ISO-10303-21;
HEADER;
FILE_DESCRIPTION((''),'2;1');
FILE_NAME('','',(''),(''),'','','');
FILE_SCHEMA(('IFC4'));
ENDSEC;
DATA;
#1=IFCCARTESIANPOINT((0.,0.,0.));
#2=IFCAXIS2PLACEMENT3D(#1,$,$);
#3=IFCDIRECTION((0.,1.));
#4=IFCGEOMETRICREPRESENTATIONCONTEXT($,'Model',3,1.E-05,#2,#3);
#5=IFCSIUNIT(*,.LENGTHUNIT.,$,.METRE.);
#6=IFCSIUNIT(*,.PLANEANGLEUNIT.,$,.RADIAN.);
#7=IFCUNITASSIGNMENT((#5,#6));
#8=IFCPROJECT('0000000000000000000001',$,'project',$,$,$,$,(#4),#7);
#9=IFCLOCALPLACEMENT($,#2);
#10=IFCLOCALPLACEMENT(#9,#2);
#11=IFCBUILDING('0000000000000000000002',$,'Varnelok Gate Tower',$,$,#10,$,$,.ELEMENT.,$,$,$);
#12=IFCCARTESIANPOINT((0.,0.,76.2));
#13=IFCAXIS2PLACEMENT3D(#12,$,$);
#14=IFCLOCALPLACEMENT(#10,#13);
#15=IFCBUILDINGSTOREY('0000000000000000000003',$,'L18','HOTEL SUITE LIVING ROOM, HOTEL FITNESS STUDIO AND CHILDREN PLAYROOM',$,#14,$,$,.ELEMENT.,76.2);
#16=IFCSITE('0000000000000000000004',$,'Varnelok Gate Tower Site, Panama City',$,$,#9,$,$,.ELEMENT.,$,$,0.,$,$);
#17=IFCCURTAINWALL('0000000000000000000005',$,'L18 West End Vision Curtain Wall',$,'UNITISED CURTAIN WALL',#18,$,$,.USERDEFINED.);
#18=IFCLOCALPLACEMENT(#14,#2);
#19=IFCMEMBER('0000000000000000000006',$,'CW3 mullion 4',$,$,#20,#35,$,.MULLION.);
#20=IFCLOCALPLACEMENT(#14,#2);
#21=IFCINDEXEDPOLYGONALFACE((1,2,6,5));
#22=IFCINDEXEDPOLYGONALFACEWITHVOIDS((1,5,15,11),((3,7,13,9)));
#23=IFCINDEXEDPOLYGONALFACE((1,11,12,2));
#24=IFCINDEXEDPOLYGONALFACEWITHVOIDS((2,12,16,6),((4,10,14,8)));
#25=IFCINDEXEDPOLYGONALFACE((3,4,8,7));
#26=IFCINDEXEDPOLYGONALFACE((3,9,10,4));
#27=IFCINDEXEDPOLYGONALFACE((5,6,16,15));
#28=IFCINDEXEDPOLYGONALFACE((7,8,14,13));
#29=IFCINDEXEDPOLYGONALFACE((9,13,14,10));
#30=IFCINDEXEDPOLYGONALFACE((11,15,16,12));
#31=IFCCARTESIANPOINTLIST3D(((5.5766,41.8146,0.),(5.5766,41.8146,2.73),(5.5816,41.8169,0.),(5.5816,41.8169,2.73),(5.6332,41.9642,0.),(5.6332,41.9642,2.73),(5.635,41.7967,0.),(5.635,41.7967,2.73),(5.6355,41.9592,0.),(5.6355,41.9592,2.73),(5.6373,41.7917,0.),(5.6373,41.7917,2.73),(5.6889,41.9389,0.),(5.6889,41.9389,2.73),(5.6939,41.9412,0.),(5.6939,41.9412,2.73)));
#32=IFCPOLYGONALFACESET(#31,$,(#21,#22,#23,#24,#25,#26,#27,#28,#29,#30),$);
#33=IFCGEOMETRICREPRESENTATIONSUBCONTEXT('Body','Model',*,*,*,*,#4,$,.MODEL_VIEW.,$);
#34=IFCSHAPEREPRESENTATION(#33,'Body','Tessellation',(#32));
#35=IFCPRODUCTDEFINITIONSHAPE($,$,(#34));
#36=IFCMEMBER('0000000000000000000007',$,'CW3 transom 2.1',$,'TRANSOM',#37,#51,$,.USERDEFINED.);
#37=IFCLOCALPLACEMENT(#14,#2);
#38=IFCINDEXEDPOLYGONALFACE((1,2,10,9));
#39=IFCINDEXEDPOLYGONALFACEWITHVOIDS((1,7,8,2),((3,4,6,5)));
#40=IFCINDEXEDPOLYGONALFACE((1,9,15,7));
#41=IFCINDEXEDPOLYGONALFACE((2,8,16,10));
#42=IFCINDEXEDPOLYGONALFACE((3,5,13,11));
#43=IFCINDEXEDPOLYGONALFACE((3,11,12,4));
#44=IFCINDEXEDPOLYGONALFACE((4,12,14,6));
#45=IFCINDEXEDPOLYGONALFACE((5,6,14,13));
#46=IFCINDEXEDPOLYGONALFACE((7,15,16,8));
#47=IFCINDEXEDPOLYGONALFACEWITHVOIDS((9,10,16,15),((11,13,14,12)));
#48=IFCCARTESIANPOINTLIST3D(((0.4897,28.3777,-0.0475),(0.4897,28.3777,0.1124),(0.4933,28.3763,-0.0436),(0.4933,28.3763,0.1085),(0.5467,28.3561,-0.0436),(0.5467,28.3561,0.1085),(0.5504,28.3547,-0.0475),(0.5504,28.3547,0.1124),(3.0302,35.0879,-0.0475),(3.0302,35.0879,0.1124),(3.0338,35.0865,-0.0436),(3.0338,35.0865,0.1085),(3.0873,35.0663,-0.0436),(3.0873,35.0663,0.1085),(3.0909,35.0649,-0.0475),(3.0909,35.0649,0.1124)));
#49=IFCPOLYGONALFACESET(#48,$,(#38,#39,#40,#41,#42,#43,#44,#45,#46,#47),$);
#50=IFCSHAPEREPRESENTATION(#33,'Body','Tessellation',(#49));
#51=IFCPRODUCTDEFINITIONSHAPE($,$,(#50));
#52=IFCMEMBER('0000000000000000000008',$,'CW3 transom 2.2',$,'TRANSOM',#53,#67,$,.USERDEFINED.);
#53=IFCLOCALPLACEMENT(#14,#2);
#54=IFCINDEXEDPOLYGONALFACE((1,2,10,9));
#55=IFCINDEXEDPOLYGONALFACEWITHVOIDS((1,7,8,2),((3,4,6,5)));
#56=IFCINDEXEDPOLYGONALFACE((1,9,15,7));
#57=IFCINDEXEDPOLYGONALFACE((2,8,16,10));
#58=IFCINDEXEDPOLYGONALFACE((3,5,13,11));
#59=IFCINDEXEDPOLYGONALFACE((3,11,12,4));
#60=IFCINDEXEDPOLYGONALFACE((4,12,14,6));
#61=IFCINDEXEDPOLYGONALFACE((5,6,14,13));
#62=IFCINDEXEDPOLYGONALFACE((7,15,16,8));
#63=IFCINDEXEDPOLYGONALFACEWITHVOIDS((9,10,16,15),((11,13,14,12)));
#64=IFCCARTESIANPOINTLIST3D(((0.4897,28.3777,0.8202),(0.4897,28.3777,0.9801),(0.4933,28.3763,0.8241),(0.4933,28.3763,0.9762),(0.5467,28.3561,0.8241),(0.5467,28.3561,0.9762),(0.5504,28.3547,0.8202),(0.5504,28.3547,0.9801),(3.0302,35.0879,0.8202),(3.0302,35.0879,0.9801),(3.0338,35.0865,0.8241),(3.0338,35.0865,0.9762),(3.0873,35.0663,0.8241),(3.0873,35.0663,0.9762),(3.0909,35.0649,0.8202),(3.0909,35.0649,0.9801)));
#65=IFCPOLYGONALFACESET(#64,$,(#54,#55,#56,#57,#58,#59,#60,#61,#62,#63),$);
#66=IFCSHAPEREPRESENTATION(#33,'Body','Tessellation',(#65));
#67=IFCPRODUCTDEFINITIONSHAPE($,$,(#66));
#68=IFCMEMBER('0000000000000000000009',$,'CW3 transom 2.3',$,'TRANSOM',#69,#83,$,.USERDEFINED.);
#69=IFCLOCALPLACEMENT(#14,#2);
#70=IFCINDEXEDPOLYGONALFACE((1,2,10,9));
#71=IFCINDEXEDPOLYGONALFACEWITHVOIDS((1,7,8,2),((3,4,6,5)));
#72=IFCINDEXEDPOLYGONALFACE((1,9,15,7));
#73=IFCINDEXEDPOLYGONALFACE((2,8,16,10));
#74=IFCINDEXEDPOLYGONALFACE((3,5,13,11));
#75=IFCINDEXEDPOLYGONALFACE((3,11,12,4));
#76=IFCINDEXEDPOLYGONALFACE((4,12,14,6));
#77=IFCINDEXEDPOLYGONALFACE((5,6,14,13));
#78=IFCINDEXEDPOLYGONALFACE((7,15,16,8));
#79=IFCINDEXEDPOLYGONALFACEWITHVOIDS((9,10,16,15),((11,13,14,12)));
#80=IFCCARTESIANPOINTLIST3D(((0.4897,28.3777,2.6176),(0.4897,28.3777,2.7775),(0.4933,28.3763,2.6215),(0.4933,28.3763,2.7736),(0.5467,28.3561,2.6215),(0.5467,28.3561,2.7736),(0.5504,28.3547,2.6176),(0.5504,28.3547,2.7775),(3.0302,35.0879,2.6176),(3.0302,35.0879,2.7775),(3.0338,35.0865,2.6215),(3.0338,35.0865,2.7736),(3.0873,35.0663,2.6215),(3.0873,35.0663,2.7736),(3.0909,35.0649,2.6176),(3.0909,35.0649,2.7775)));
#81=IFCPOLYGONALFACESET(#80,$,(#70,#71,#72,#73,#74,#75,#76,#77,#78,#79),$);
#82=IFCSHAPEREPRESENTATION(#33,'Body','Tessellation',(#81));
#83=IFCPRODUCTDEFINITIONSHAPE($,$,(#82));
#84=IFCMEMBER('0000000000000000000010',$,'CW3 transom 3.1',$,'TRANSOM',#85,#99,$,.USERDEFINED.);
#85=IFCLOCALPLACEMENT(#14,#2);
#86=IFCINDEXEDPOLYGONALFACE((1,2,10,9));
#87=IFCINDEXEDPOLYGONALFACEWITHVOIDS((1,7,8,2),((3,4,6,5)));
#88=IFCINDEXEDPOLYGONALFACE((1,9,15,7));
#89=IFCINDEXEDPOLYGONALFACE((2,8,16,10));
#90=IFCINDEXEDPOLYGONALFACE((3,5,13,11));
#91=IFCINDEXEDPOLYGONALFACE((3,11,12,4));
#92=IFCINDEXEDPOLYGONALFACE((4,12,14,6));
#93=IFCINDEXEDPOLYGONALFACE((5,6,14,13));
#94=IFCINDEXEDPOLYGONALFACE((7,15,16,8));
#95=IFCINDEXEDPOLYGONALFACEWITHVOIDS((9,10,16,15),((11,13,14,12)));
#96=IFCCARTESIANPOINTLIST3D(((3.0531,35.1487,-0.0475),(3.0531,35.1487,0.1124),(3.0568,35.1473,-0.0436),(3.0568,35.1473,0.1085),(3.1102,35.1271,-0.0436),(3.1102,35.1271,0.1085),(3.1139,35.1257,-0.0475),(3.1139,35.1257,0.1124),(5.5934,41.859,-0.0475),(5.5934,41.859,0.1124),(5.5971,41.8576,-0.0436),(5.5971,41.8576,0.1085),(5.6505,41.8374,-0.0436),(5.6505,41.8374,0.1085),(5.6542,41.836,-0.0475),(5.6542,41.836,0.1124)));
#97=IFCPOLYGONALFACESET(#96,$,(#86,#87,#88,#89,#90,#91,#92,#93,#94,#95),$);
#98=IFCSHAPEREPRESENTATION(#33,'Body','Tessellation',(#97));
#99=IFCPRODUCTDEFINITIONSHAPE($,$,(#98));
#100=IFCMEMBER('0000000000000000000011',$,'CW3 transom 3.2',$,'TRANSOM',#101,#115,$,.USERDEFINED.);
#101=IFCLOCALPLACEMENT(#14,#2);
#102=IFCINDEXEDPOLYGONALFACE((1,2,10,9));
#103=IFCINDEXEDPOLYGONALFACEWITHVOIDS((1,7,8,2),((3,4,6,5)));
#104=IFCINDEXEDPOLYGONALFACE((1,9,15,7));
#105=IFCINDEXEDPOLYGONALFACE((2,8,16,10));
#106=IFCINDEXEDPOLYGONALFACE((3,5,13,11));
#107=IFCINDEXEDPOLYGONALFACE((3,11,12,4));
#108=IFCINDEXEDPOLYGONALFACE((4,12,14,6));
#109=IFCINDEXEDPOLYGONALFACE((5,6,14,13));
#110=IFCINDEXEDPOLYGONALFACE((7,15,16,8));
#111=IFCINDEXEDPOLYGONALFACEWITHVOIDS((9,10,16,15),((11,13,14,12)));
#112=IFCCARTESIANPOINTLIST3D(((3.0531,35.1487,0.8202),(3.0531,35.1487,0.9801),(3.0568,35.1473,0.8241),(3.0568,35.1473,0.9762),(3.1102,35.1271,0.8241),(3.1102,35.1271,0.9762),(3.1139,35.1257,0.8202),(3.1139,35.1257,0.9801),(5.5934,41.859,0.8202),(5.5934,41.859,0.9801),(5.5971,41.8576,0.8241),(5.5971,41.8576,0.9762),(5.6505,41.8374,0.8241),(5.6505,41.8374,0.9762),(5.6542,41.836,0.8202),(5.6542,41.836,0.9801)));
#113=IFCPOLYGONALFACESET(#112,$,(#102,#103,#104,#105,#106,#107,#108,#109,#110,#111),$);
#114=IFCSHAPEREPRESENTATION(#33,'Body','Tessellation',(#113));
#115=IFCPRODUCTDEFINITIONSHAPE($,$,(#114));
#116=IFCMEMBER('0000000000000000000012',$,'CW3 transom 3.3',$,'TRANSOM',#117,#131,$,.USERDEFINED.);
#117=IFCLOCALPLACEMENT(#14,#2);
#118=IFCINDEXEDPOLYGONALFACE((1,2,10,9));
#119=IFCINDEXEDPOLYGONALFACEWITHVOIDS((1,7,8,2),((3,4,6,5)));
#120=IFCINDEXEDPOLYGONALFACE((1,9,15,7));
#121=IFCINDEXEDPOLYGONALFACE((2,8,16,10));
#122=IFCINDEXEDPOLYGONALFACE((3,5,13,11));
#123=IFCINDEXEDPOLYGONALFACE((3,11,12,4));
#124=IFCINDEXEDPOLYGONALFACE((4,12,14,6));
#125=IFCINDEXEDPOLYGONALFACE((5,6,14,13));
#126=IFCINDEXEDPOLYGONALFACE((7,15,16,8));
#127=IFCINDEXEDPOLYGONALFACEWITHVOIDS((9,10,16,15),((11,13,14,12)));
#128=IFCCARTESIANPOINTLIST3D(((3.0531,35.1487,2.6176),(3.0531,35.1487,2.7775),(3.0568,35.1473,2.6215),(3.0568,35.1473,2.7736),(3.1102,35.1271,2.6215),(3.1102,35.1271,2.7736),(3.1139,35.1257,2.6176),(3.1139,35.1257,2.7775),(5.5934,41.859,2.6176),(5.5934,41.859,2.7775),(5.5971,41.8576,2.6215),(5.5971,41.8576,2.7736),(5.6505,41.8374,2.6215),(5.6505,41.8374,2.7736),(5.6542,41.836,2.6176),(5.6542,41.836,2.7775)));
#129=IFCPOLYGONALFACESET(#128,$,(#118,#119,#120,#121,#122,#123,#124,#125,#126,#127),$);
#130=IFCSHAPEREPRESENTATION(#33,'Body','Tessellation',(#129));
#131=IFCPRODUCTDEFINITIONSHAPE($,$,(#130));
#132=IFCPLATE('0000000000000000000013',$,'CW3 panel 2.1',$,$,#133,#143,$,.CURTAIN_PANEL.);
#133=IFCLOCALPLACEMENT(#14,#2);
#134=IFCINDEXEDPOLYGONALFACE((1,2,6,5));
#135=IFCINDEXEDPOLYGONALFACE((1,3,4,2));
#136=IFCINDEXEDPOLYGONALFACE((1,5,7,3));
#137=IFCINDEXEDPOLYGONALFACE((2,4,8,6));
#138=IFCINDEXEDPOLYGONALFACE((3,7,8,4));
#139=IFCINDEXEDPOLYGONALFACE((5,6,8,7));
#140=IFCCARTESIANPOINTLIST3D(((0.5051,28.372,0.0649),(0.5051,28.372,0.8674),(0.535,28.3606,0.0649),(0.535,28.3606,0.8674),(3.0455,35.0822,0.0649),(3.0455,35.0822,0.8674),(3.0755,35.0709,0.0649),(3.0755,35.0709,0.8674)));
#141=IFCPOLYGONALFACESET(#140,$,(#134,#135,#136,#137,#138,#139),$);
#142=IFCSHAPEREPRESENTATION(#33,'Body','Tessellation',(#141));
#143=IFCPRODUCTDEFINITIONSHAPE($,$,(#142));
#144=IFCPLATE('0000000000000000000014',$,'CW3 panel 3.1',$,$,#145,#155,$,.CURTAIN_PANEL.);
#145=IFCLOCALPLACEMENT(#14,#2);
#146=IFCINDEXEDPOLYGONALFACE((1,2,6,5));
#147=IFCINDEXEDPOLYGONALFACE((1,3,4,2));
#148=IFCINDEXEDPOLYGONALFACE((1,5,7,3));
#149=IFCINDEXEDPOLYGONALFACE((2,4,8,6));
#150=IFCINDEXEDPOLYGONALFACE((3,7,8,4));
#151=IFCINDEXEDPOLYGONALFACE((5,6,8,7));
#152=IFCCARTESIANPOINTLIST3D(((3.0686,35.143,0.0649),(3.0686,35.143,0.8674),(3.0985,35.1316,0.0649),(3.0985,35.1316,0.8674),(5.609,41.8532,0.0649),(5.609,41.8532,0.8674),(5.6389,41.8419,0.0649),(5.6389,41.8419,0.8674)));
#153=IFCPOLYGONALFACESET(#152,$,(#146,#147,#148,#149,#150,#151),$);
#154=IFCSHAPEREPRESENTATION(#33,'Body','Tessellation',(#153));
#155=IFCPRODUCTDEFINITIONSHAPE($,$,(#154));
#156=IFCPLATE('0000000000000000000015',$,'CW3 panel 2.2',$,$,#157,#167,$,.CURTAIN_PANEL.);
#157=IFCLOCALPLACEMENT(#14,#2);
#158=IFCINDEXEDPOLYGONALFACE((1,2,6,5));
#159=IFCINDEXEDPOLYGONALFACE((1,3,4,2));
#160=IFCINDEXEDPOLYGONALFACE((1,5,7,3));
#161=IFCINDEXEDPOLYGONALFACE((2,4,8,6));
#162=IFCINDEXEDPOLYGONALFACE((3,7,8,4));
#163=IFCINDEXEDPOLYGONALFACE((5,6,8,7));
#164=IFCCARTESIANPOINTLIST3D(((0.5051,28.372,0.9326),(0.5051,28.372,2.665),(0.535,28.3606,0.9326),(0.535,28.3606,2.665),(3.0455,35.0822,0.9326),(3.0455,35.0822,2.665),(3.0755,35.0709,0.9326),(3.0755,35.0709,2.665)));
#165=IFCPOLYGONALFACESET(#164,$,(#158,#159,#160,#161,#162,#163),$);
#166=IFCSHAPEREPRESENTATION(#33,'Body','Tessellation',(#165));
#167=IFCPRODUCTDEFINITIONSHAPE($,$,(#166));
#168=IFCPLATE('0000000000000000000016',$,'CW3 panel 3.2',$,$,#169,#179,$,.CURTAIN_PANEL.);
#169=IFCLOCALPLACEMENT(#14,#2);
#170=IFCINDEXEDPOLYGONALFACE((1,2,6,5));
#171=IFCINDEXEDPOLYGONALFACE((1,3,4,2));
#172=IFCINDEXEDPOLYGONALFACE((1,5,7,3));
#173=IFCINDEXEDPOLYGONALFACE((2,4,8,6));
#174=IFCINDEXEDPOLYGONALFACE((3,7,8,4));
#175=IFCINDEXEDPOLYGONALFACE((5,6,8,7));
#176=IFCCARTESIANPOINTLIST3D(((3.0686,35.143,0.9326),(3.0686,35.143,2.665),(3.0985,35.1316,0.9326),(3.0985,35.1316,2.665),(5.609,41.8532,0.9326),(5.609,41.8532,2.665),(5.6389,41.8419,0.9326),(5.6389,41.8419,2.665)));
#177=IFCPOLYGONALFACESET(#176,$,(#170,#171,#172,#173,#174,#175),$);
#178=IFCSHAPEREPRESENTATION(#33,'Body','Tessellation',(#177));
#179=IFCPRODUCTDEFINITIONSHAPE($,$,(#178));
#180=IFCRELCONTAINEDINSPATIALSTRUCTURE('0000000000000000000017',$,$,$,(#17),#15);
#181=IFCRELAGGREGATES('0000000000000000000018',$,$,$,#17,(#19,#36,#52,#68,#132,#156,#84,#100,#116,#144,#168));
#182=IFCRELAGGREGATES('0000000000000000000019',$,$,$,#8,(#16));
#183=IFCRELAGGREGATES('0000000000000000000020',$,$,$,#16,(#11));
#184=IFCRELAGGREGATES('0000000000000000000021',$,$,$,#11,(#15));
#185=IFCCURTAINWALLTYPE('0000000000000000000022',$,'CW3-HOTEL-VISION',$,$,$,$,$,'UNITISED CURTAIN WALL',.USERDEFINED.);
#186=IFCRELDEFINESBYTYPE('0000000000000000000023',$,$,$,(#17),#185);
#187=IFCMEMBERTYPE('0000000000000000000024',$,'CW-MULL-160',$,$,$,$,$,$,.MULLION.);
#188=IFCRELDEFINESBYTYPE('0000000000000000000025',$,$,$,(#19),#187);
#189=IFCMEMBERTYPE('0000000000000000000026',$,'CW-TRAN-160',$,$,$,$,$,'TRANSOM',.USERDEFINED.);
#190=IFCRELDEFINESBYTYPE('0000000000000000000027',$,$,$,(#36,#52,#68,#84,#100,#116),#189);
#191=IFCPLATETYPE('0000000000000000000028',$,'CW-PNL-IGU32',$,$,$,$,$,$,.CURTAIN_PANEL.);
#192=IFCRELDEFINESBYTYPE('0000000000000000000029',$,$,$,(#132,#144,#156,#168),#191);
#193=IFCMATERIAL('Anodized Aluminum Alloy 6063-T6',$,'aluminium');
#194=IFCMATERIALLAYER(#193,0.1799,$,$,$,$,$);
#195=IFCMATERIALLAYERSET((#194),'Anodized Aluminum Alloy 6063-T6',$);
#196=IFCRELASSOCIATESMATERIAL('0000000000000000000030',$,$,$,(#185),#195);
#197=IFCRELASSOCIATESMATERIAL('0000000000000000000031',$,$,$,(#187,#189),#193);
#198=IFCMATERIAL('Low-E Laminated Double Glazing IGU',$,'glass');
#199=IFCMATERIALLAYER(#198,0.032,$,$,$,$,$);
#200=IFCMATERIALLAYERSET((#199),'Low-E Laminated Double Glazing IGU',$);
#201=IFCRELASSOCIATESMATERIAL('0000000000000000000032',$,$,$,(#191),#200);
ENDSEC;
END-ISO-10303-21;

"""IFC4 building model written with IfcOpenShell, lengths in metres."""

from ifc_helpers import new_model, si_unit, direction, frame, origin, origin_2d, place, context, subcontext, project, spatial, rectangle, hollow_rectangle, extrude, source, transform, mapped, material, layer, layer_set, material_profile, profile_set, type_object, element, aggregate, save


model = new_model("IFC4")

# Units and contexts
model_context = context("Model", 3, precision=1e-05, world=origin(), true_north=direction((0.0, 1.0)))
body_context = subcontext(model_context, "Body", "Model", "MODEL_VIEW")
ifc_project = project(units=[si_unit("LENGTHUNIT", "METRE"), si_unit("PLANEANGLEUNIT", "RADIAN")], contexts=[model_context])

# Site, building, storey
site_placement = place(None, origin())
site = spatial("IfcSite", under=ifc_project, at=site_placement, Name="Varnelok Gate Tower Site, Panama City", CompositionType="ELEMENT", RefElevation=0.0)
building_placement = place(site_placement, origin())
building = spatial("IfcBuilding", under=site, at=building_placement, Name="Varnelok Gate Tower", CompositionType="ELEMENT")
storey_placement = place(building_placement, frame((0.0, 0.0, 76.2)))
storey = spatial("IfcBuildingStorey", under=building, at=storey_placement, Name="L18", Description="HOTEL SUITE LIVING ROOM, HOTEL FITNESS STUDIO AND CHILDREN PLAYROOM", CompositionType="ELEMENT", Elevation=76.2)

# Curtain wall, members, plates
ifc_material_1 = material(Name="Anodized Aluminum Alloy 6063-T6", Category="aluminium")
ifc_layer_1 = layer(ifc_material_1, 0.1799)
ifc_layer_set_1 = layer_set([ifc_layer_1], Name="Anodized Aluminum Alloy 6063-T6")
curtain_wall_type = type_object("IfcCurtainWallType", Name="CW3-HOTEL-VISION", ElementType="UNITISED CURTAIN WALL", PredefinedType="USERDEFINED", material=ifc_layer_set_1)
curtain_wall_placement = place(storey_placement, origin())
curtain_wall = element("IfcCurtainWall", 1, at=curtain_wall_placement, inside=storey, type_object=curtain_wall_type, Name="L18 West End Vision Curtain Wall", ObjectType="UNITISED CURTAIN WALL", PredefinedType="USERDEFINED")
ifc_material_profile_1 = material_profile(ifc_material_1, hollow_rectangle(XDim=0.0649, YDim=0.1599, WallThickness=0.0039, at=origin_2d()), Name="ALU160X65X4")
ifc_profile_set_1 = profile_set([ifc_material_profile_1], Name="Anodized Aluminum Alloy 6063-T6")
member_type_1 = type_object("IfcMemberType", Name="CW-MULL-160", PredefinedType="MULLION", material=ifc_profile_set_1)
member_1_placement = place(storey_placement, frame((5.6353, 41.8779, 0.0), z_axis=(0.0, 0.0, 1.0), x_axis=(-0.935221, 0.354064, 0.0)))
member_1 = element("IfcMember", 2, at=member_1_placement, type_object=member_type_1, Name="CW3 mullion 4", PredefinedType="MULLION", context=body_context, shape_type="SweptSolid", body=[
    extrude(hollow_rectangle(XDim=0.0649, YDim=0.1599, WallThickness=0.0039, at=origin_2d()), origin(), (0.0, 0.0, 1.0), 2.73),
])
ifc_material_profile_2 = material_profile(ifc_material_1, hollow_rectangle(XDim=0.0649, YDim=0.1599, WallThickness=0.0039, at=origin_2d()), Name="ALU160X65X4")
ifc_profile_set_2 = profile_set([ifc_material_profile_2], Name="Anodized Aluminum Alloy 6063-T6")
member_type_2 = type_object("IfcMemberType", Name="CW-TRAN-160", ElementType="TRANSOM", PredefinedType="USERDEFINED", material=ifc_profile_set_2)
member_2_placement = place(storey_placement, frame((0.52, 28.3662, 0.0325), z_axis=(0.354079, 0.935216, 0.0), x_axis=(-0.935216, 0.354079, 0.0)))
member_2 = element("IfcMember", 3, at=member_2_placement, type_object=member_type_2, Name="CW3 transom 2.1", ObjectType="TRANSOM", PredefinedType="USERDEFINED", context=body_context, shape_type="SweptSolid", body=[
    extrude(hollow_rectangle(XDim=0.0649, YDim=0.1599, WallThickness=0.0039, at=origin_2d()), origin(), (0.0, 0.0, 1.0), 7.175),
])
member_3_placement = place(storey_placement, frame((0.52, 28.3662, 0.9001), z_axis=(0.354079, 0.935216, 0.0), x_axis=(-0.935216, 0.354079, 0.0)))
member_3 = element("IfcMember", 4, at=member_3_placement, type_object=member_type_2, Name="CW3 transom 2.2", ObjectType="TRANSOM", PredefinedType="USERDEFINED", context=body_context, shape_type="SweptSolid", body=[
    extrude(hollow_rectangle(XDim=0.0649, YDim=0.1599, WallThickness=0.0039, at=origin_2d()), origin(), (0.0, 0.0, 1.0), 7.175),
])
member_4_placement = place(storey_placement, frame((0.52, 28.3662, 2.6975), z_axis=(0.354079, 0.935216, 0.0), x_axis=(-0.935216, 0.354079, 0.0)))
member_4 = element("IfcMember", 5, at=member_4_placement, type_object=member_type_2, Name="CW3 transom 2.3", ObjectType="TRANSOM", PredefinedType="USERDEFINED", context=body_context, shape_type="SweptSolid", body=[
    extrude(hollow_rectangle(XDim=0.0649, YDim=0.1599, WallThickness=0.0039, at=origin_2d()), origin(), (0.0, 0.0, 1.0), 7.175),
])
member_5_placement = place(storey_placement, frame((3.0835, 35.1372, 0.0325), z_axis=(0.354049, 0.935227, 0.0), x_axis=(-0.935227, 0.354049, 0.0)))
member_5 = element("IfcMember", 6, at=member_5_placement, type_object=member_type_2, Name="CW3 transom 3.1", ObjectType="TRANSOM", PredefinedType="USERDEFINED", context=body_context, shape_type="SweptSolid", body=[
    extrude(hollow_rectangle(XDim=0.0649, YDim=0.1599, WallThickness=0.0039, at=origin_2d()), origin(), (0.0, 0.0, 1.0), 7.175),
])
member_6_placement = place(storey_placement, frame((3.0835, 35.1372, 0.9001), z_axis=(0.354049, 0.935227, 0.0), x_axis=(-0.935227, 0.354049, 0.0)))
member_6 = element("IfcMember", 7, at=member_6_placement, type_object=member_type_2, Name="CW3 transom 3.2", ObjectType="TRANSOM", PredefinedType="USERDEFINED", context=body_context, shape_type="SweptSolid", body=[
    extrude(hollow_rectangle(XDim=0.0649, YDim=0.1599, WallThickness=0.0039, at=origin_2d()), origin(), (0.0, 0.0, 1.0), 7.175),
])
member_7_placement = place(storey_placement, frame((3.0835, 35.1372, 2.6975), z_axis=(0.354049, 0.935227, 0.0), x_axis=(-0.935227, 0.354049, 0.0)))
member_7 = element("IfcMember", 8, at=member_7_placement, type_object=member_type_2, Name="CW3 transom 3.3", ObjectType="TRANSOM", PredefinedType="USERDEFINED", context=body_context, shape_type="SweptSolid", body=[
    extrude(hollow_rectangle(XDim=0.0649, YDim=0.1599, WallThickness=0.0039, at=origin_2d()), origin(), (0.0, 0.0, 1.0), 7.175),
])
ifc_material_2 = material(Name="Low-E Laminated Double Glazing IGU", Category="glass")
ifc_layer_2 = layer(ifc_material_2, 0.032)
ifc_layer_set_2 = layer_set([ifc_layer_2], Name="Low-E Laminated Double Glazing IGU")
plate_type = type_object("IfcPlateType", Name="CW-PNL-IGU32", PredefinedType="CURTAIN_PANEL", material=ifc_layer_set_2)
shared_shape_1 = source(origin(), body_context, "Body", "SweptSolid", [
    extrude(rectangle(XDim=7.175, YDim=0.032, at=origin_2d()), origin(), (0.0, 0.0, 1.0), 0.8025),
])
plate_1_placement = place(storey_placement, frame((1.7903, 31.7214, 0.0649), z_axis=(0.0, 0.0, 1.0), x_axis=(0.354064, 0.935221, 0.0)))
plate_1 = element("IfcPlate", 9, at=plate_1_placement, type_object=plate_type, Name="CW3 panel 2.1", PredefinedType="CURTAIN_PANEL", context=body_context, shape_type="MappedRepresentation", body=[
    mapped(shared_shape_1, transform((0.0, 0.0, 0.0), scale=1.0)),
])
plate_2_placement = place(storey_placement, frame((4.3538, 38.4924, 0.0649), z_axis=(0.0, 0.0, 1.0), x_axis=(0.354064, 0.935221, 0.0)))
plate_2 = element("IfcPlate", 10, at=plate_2_placement, type_object=plate_type, Name="CW3 panel 3.1", PredefinedType="CURTAIN_PANEL", context=body_context, shape_type="MappedRepresentation", body=[
    mapped(shared_shape_1, transform((0.0, 0.0, 0.0), scale=1.0)),
])
shared_shape_2 = source(origin(), body_context, "Body", "SweptSolid", [
    extrude(rectangle(XDim=7.175, YDim=0.032, at=origin_2d()), origin(), (0.0, 0.0, 1.0), 1.7324),
])
plate_3_placement = place(storey_placement, frame((1.7903, 31.7214, 0.9326), z_axis=(0.0, 0.0, 1.0), x_axis=(0.354064, 0.935221, 0.0)))
plate_3 = element("IfcPlate", 11, at=plate_3_placement, type_object=plate_type, Name="CW3 panel 2.2", PredefinedType="CURTAIN_PANEL", context=body_context, shape_type="MappedRepresentation", body=[
    mapped(shared_shape_2, transform((0.0, 0.0, 0.0), scale=1.0)),
])
plate_4_placement = place(storey_placement, frame((4.3538, 38.4924, 0.9326), z_axis=(0.0, 0.0, 1.0), x_axis=(0.354064, 0.935221, 0.0)))
plate_4 = element("IfcPlate", 12, at=plate_4_placement, type_object=plate_type, Name="CW3 panel 3.2", PredefinedType="CURTAIN_PANEL", context=body_context, shape_type="MappedRepresentation", body=[
    mapped(shared_shape_2, transform((0.0, 0.0, 0.0), scale=1.0)),
])
aggregate(curtain_wall, [member_1, member_2, member_3, member_4, plate_1, plate_3, member_5, member_6, member_7, plate_2, plate_4])

save(model, "model.ifc")
